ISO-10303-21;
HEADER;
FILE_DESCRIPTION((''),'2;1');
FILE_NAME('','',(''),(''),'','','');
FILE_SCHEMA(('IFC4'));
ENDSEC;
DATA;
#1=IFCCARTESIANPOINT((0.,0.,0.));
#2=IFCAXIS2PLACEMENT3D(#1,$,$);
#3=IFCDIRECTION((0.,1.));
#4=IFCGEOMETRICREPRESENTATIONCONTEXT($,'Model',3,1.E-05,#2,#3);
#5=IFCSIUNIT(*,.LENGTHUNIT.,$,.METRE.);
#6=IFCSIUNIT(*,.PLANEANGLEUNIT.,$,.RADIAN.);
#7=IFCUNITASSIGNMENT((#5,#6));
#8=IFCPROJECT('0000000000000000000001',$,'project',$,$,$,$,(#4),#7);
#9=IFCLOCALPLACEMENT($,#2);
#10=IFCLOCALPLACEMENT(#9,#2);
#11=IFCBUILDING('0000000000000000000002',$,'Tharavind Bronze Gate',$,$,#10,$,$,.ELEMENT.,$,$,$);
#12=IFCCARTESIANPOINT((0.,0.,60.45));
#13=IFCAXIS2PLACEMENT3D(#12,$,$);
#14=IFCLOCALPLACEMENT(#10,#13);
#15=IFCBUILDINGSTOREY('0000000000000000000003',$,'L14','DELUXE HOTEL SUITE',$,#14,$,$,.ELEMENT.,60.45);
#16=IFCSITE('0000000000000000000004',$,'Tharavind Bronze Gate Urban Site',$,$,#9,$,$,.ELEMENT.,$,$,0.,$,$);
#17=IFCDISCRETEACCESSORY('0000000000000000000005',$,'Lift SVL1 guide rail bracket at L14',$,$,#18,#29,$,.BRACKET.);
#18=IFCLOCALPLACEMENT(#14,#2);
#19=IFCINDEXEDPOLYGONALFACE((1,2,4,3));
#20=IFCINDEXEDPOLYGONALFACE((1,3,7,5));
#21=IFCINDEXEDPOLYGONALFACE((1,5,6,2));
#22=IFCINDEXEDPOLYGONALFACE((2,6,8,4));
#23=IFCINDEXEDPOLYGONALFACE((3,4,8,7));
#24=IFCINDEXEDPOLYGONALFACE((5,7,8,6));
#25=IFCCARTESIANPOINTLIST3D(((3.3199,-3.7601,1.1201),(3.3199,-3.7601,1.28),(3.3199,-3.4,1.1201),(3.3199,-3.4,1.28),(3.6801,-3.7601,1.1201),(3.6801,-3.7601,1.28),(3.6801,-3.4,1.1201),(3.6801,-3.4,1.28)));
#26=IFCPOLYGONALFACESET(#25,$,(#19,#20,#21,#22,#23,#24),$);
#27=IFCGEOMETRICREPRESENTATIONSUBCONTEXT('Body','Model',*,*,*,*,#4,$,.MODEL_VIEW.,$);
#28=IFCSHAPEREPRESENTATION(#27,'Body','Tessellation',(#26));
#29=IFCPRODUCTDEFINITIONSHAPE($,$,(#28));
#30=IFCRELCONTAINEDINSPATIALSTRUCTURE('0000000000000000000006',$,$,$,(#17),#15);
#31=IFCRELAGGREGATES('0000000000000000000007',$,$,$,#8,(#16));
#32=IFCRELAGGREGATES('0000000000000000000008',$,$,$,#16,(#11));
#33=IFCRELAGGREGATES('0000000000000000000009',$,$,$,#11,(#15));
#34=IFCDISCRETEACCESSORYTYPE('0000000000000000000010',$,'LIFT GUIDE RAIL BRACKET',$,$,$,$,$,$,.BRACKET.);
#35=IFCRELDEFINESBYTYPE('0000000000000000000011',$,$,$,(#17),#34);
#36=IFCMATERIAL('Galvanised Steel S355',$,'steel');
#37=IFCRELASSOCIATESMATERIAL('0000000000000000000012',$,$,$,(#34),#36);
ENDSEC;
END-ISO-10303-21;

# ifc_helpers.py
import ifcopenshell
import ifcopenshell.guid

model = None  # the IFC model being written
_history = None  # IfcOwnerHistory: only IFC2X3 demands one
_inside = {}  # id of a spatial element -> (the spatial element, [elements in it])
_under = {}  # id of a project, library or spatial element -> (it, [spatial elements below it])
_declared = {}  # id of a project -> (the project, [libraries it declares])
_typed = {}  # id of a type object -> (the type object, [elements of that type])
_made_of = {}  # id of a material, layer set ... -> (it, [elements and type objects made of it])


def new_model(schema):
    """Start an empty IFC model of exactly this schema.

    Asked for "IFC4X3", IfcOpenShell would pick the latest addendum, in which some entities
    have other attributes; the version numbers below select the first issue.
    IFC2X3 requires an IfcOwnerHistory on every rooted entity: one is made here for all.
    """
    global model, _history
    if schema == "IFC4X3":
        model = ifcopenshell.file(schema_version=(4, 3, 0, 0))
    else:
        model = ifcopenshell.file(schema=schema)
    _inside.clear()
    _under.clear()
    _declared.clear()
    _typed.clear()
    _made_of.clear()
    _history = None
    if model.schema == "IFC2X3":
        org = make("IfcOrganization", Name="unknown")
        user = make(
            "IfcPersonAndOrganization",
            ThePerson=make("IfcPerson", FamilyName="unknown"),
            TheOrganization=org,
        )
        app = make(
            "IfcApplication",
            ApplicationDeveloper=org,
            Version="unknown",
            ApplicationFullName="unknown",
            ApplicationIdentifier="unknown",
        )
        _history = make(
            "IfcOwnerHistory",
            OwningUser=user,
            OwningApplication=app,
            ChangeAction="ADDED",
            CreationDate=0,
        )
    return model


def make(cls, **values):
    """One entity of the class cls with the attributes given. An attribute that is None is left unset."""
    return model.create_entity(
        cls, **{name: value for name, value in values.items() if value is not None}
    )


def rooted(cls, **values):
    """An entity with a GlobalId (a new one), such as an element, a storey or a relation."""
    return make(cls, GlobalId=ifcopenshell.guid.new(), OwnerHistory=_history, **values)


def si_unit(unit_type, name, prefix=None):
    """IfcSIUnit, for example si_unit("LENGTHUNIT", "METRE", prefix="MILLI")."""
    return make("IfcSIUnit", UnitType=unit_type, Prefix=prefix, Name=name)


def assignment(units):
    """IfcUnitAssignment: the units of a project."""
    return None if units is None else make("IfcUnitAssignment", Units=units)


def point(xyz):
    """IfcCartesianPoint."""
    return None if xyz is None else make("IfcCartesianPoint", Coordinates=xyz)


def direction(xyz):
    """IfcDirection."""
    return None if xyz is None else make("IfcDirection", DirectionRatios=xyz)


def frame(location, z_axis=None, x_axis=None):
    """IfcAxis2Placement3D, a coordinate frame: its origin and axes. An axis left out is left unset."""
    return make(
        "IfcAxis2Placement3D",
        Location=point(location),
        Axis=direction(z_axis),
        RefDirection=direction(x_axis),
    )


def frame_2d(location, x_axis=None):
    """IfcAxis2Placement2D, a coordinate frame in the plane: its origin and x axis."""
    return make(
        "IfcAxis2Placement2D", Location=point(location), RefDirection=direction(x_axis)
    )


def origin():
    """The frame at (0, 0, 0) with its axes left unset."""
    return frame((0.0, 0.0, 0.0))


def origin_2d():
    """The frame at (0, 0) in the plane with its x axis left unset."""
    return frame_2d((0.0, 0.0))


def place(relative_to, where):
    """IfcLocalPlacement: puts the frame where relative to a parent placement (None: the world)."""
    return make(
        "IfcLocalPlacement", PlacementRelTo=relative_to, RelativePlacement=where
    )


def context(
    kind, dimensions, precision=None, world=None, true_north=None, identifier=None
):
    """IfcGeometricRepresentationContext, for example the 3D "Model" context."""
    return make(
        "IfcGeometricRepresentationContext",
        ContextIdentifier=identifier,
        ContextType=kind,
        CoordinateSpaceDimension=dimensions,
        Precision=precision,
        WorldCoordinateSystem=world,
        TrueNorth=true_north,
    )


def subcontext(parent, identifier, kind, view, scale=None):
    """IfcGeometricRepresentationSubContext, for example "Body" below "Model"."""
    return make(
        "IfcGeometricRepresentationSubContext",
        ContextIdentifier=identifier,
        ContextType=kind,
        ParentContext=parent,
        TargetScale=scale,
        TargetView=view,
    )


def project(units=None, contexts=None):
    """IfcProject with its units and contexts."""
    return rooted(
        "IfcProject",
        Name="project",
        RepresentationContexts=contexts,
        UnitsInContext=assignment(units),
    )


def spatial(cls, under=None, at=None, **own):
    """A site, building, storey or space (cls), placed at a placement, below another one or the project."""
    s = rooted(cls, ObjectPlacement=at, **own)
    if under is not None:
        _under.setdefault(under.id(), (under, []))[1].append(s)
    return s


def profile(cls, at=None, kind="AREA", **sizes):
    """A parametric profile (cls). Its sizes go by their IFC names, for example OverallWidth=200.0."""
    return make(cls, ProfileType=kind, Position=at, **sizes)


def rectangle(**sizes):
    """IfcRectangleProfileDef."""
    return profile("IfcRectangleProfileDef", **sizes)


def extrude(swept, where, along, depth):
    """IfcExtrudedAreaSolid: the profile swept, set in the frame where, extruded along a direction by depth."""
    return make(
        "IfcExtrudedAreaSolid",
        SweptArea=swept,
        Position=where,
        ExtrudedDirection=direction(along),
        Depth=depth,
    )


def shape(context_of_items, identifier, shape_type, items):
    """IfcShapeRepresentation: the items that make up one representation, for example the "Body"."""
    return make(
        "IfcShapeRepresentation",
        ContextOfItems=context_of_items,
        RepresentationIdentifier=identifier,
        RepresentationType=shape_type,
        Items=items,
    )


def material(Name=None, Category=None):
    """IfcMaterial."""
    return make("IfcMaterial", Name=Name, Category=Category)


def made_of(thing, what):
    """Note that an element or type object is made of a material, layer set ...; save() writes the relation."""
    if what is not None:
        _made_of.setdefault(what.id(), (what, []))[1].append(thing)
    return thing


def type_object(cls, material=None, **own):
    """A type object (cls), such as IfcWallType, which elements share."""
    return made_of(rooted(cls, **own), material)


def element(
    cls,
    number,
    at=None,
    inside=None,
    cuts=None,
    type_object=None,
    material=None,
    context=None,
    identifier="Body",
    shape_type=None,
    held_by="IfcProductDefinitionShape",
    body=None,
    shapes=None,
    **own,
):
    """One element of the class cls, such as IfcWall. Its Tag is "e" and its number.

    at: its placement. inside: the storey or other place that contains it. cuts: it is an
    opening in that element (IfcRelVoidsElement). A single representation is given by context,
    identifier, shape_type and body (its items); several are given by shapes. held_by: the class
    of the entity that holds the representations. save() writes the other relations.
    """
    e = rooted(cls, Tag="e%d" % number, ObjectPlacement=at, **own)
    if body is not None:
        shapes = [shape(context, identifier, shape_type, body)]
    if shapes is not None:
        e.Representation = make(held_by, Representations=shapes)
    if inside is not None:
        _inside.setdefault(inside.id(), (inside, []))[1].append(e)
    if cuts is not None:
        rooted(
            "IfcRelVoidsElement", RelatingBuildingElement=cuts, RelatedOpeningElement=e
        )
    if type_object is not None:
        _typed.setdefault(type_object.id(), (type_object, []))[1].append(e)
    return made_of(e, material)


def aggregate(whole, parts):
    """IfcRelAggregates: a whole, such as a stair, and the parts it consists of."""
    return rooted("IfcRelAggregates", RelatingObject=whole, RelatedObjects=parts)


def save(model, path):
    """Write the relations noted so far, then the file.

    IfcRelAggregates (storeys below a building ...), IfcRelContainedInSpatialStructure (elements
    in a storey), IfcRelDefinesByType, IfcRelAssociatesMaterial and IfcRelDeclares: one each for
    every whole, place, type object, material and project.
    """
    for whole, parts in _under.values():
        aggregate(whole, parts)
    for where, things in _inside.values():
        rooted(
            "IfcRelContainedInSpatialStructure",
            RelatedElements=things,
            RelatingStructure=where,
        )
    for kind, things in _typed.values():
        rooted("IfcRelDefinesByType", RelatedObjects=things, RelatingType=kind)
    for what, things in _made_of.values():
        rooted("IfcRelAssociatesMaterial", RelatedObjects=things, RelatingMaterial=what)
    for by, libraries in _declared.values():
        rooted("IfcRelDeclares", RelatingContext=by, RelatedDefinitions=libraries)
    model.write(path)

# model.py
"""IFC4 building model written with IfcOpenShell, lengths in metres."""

from ifc_helpers import new_model, si_unit, direction, frame, origin, origin_2d, place, context, subcontext, project, spatial, rectangle, extrude, material, type_object, element, save


model = new_model("IFC4")

# Units and contexts
model_context = context("Model", 3, precision=1e-05, world=origin(), true_north=direction((0.0, 1.0)))
body_context = subcontext(model_context, "Body", "Model", "MODEL_VIEW")
ifc_project = project(units=[si_unit("LENGTHUNIT", "METRE"), si_unit("PLANEANGLEUNIT", "RADIAN")], contexts=[model_context])

# Site, building, storey
site_placement = place(None, origin())
site = spatial("IfcSite", under=ifc_project, at=site_placement, Name="Tharavind Bronze Gate Urban Site", CompositionType="ELEMENT", RefElevation=0.0)
building_placement = place(site_placement, origin())
building = spatial("IfcBuilding", under=site, at=building_placement, Name="Tharavind Bronze Gate", CompositionType="ELEMENT")
storey_placement = place(building_placement, frame((0.0, 0.0, 60.45)))
storey = spatial("IfcBuildingStorey", under=building, at=storey_placement, Name="L14", Description="DELUXE HOTEL SUITE", CompositionType="ELEMENT", Elevation=60.45)

# Discrete accessory
ifc_material_1 = material(Name="Galvanised Steel S355", Category="steel")
discrete_accessory_type = type_object("IfcDiscreteAccessoryType", Name="LIFT GUIDE RAIL BRACKET", PredefinedType="BRACKET", material=ifc_material_1)
for number, where, z_axis, x_axis, name in (
    (1, (3.5, -3.5801, 1.1201), (0.0, 0.0, 1.0), (1.0, 0.0, 0.0), "Lift SVL1 guide rail bracket at L14"),
):
    element("IfcDiscreteAccessory", number, at=place(storey_placement, frame(where, z_axis=z_axis, x_axis=x_axis)), inside=storey, type_object=discrete_accessory_type, Name=name, PredefinedType="BRACKET", context=body_context, shape_type="SweptSolid", body=[
        extrude(rectangle(XDim=0.3601, YDim=0.3601, at=origin_2d()), origin(), (0.0, 0.0, 1.0), 0.1599),
    ])

save(model, "model.ifc")
